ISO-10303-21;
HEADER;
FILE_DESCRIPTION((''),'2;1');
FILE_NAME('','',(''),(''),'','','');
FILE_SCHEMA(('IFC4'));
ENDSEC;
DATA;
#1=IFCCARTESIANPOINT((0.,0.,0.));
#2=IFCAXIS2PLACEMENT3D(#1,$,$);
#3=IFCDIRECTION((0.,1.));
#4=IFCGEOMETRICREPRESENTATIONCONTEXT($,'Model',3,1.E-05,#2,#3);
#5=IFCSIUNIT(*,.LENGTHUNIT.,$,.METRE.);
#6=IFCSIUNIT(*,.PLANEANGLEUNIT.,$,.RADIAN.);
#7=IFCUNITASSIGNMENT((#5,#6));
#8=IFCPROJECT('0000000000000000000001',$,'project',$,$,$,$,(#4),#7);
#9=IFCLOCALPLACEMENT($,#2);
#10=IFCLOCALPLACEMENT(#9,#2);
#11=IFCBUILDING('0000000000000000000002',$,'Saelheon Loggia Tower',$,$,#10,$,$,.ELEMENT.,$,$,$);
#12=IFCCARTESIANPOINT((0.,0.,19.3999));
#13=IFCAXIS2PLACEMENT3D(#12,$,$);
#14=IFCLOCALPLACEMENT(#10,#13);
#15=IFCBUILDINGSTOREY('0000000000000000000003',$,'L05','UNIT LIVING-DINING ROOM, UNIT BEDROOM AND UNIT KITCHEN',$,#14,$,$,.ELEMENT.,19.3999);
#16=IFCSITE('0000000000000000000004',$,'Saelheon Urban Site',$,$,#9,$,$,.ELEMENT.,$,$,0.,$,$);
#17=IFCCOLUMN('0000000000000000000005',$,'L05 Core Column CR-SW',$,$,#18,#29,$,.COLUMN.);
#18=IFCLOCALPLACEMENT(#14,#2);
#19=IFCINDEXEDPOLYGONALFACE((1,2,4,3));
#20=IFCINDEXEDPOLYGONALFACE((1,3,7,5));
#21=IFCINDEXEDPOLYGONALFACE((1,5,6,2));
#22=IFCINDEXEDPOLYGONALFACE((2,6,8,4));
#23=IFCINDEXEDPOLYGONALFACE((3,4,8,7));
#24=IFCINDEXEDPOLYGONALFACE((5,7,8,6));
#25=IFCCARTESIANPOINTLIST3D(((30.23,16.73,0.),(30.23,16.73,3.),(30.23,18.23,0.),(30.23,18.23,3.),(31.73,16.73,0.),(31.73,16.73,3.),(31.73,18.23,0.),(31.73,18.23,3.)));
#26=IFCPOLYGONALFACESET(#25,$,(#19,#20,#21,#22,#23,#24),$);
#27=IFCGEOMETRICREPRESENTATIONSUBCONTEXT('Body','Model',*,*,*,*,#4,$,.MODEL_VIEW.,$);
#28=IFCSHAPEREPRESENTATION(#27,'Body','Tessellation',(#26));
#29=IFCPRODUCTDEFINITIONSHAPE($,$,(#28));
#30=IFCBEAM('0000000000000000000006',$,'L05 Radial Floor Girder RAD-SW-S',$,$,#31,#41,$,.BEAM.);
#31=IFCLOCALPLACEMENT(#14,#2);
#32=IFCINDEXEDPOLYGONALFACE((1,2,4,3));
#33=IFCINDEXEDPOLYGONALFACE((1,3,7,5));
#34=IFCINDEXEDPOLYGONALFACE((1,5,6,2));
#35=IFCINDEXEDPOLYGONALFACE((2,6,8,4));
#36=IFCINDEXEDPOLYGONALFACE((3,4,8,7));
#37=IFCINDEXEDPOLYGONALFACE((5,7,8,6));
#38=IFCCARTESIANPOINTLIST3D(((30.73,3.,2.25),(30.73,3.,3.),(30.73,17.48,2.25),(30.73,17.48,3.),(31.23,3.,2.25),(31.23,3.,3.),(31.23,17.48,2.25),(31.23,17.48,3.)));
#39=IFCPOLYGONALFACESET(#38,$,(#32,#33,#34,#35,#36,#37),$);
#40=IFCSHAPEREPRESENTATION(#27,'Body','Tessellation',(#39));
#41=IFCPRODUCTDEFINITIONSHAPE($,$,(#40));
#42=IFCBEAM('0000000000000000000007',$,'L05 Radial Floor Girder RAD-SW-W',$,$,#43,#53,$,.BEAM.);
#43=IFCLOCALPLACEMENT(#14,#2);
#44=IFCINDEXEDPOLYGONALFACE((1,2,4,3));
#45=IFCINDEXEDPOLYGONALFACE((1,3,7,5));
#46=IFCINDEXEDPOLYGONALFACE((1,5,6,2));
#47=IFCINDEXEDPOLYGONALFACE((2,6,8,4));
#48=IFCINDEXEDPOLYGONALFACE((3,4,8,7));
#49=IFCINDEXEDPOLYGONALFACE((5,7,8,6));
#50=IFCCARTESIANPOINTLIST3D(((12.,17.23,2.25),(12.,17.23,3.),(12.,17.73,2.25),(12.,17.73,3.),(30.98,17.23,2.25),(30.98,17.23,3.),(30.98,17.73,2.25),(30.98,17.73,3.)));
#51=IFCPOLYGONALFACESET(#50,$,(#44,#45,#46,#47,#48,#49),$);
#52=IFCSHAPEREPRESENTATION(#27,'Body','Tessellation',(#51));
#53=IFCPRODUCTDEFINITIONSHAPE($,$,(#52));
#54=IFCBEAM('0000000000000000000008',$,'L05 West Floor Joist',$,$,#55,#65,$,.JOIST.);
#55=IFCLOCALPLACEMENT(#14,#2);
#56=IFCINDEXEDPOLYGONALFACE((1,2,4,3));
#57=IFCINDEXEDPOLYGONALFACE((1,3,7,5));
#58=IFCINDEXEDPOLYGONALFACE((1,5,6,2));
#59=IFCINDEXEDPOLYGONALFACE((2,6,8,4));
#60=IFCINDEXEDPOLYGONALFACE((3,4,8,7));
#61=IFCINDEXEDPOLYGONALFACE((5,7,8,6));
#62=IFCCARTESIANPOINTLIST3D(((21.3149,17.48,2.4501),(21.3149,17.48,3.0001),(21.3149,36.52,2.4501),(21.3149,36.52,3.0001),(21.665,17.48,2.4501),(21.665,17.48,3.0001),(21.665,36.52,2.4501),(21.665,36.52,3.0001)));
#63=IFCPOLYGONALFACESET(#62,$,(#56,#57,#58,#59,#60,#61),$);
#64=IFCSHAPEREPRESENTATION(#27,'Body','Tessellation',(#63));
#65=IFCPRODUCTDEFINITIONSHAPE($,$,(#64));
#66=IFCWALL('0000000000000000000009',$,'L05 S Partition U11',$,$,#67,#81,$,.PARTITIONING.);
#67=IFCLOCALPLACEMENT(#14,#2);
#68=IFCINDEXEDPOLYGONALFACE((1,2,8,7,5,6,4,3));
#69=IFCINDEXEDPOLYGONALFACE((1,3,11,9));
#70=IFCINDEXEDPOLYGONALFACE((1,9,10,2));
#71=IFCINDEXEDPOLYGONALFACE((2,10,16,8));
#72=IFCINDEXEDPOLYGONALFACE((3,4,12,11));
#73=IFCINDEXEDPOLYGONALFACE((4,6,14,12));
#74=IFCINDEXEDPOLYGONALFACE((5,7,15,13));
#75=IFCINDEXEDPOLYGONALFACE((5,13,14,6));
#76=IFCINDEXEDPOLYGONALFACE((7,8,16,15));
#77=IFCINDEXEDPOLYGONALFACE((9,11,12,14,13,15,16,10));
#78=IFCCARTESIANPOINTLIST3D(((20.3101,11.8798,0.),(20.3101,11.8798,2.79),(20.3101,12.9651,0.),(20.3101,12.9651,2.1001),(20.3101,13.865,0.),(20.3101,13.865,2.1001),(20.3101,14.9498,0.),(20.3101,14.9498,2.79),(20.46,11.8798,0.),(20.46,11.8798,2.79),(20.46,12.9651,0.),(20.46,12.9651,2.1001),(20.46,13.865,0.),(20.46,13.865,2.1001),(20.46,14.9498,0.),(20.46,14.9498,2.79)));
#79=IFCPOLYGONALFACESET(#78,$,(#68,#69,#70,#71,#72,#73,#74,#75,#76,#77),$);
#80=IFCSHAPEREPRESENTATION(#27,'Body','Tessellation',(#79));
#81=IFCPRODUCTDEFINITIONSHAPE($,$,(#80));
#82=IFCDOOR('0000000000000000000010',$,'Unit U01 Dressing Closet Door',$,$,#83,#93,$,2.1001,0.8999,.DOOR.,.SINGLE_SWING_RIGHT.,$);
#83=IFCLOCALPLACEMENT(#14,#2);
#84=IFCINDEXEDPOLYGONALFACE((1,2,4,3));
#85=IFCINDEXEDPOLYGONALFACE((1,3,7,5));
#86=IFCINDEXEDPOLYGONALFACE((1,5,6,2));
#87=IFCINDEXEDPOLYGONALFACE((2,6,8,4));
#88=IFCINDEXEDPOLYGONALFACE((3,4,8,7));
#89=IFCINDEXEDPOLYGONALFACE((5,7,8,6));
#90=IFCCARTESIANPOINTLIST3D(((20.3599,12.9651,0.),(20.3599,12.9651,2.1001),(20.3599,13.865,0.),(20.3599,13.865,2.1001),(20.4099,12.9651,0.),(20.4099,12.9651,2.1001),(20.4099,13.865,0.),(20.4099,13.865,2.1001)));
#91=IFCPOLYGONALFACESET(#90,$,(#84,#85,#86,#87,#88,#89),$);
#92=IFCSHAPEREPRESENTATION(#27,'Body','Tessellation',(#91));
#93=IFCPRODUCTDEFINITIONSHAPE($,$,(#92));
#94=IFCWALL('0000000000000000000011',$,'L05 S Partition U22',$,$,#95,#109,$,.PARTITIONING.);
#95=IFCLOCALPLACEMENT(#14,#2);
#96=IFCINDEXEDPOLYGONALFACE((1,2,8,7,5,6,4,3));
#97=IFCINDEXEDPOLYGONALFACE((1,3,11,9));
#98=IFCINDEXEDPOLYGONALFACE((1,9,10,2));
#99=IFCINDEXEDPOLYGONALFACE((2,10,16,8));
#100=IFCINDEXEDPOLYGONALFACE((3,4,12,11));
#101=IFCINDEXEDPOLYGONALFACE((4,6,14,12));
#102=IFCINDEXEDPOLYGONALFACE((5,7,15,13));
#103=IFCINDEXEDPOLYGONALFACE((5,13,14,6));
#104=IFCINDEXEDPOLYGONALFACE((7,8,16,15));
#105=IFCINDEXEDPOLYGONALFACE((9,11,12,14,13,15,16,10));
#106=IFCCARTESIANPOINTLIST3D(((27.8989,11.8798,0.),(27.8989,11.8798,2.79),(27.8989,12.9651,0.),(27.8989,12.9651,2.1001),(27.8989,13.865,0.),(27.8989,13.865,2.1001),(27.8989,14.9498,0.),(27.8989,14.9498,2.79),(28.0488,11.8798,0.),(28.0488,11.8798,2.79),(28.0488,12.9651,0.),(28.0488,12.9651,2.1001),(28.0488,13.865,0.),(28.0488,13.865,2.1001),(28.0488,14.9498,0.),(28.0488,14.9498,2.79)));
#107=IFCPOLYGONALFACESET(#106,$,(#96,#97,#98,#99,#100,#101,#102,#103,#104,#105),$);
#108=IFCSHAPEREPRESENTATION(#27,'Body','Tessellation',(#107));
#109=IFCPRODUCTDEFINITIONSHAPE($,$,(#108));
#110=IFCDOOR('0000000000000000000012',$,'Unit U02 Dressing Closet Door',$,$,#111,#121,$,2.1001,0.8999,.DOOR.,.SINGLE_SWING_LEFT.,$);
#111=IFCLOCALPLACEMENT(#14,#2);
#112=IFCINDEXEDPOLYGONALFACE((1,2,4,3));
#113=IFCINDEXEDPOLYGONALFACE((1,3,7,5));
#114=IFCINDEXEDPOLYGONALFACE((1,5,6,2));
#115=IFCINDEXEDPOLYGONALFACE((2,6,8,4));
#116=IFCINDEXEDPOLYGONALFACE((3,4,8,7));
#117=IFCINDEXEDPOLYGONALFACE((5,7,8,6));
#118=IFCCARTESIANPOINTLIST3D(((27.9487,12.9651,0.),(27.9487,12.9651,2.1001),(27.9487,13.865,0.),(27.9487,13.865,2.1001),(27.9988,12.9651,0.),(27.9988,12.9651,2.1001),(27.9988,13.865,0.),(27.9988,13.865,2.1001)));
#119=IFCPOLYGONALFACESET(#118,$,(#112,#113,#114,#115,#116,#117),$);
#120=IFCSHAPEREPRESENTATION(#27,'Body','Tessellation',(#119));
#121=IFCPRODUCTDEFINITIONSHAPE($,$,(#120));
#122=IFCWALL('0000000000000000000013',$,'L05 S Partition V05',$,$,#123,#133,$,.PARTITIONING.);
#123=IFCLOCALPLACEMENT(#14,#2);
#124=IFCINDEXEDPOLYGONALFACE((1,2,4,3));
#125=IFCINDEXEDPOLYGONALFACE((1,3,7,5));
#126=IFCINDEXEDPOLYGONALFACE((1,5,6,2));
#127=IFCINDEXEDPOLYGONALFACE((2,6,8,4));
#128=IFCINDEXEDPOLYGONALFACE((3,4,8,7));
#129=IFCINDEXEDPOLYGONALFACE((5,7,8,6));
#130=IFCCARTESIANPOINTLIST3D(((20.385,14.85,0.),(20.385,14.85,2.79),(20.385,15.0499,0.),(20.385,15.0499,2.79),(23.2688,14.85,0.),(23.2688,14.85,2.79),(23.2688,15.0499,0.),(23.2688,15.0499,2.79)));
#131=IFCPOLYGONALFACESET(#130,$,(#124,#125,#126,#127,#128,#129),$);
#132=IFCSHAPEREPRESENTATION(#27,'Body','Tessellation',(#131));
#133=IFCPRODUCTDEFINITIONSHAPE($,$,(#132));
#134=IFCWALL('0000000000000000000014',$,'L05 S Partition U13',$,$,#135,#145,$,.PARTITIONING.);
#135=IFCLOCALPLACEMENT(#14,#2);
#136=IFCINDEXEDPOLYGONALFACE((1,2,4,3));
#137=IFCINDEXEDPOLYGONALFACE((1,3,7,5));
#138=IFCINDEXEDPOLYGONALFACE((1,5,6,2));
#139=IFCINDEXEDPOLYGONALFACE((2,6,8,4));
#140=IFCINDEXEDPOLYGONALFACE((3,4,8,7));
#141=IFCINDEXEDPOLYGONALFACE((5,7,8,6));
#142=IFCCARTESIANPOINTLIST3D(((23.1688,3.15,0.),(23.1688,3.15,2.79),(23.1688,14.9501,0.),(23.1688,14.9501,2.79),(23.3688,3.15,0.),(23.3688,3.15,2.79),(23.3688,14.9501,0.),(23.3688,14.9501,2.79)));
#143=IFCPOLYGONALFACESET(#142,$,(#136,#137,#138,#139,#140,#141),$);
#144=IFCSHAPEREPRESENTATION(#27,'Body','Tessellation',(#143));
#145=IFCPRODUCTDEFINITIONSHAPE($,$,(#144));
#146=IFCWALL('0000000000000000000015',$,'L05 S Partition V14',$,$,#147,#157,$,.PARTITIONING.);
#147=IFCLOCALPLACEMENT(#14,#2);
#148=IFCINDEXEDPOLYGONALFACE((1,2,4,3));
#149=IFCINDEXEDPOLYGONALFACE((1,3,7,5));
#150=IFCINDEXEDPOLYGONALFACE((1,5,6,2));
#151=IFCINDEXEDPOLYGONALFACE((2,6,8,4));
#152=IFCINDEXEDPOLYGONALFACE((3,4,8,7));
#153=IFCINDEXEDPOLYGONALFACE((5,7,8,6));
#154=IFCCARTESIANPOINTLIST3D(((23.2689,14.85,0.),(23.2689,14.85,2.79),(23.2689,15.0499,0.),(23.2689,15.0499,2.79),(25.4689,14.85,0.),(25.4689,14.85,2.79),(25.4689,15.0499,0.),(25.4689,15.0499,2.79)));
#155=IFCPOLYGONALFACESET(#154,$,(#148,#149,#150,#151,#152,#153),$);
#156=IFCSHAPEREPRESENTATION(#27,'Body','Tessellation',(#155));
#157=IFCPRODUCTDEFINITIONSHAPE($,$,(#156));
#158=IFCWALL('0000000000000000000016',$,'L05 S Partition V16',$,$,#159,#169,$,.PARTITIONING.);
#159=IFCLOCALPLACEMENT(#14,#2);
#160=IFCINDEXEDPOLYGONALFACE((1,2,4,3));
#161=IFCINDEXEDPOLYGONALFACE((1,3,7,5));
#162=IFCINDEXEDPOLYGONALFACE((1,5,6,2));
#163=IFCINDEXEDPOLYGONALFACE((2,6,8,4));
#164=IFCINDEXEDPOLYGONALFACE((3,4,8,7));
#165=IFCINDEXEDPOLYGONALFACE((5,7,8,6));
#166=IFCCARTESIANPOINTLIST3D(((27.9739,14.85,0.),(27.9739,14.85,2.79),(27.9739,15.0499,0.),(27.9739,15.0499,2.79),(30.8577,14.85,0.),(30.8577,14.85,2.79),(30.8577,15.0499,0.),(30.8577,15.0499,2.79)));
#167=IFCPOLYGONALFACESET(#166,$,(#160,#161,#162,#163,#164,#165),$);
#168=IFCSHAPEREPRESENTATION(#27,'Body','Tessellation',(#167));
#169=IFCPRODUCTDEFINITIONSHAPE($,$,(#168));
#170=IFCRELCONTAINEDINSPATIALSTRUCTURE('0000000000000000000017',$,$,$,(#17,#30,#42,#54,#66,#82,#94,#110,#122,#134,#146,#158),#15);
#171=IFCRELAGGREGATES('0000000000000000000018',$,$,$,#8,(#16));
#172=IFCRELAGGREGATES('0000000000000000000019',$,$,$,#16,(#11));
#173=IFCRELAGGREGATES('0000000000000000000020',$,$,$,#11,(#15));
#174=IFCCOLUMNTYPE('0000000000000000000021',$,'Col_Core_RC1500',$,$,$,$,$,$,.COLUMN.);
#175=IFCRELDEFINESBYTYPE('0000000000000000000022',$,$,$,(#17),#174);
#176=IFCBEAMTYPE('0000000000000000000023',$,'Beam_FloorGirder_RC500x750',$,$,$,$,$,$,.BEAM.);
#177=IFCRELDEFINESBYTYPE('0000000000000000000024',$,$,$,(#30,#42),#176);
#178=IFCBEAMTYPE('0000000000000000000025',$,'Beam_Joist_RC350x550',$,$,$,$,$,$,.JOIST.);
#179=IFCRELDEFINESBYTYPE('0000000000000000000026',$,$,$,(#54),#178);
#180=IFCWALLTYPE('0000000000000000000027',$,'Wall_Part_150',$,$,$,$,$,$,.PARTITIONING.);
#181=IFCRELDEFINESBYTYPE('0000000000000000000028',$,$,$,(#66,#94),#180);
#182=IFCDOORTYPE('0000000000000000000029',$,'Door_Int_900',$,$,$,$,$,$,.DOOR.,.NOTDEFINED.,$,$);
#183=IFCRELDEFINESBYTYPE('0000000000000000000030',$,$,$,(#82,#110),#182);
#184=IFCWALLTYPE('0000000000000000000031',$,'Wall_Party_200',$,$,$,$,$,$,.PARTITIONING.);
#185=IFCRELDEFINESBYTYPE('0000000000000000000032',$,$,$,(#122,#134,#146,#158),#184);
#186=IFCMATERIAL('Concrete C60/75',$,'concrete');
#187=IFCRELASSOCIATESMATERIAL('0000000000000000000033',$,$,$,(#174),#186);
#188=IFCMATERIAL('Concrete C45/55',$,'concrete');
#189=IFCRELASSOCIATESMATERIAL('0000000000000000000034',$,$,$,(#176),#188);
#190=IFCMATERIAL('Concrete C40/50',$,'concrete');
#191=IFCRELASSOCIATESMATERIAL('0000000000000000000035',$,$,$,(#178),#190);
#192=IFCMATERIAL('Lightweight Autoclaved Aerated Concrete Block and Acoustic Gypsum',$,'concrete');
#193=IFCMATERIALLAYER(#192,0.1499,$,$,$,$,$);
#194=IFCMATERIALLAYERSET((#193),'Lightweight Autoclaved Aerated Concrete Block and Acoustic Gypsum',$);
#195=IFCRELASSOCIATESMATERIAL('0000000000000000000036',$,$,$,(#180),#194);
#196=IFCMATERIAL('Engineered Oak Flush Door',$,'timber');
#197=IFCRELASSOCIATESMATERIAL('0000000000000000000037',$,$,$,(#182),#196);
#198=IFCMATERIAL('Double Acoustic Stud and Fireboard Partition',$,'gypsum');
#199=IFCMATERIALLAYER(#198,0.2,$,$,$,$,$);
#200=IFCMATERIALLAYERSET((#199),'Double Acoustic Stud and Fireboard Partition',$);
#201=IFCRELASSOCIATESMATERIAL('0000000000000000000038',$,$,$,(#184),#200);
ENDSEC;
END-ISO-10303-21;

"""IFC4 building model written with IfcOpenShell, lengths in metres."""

from ifc_helpers import new_model, si_unit, direction, frame, frame_2d, origin, origin_2d, place, context, subcontext, project, spatial, rectangle, extrude, source, transform, mapped, material, layer, layer_set, material_profile, profile_set, type_object, element, fill, save


model = new_model("IFC4")

# Units and contexts
model_context = context("Model", 3, precision=1e-05, world=origin(), true_north=direction((0.0, 1.0)))
body_context = subcontext(model_context, "Body", "Model", "MODEL_VIEW")
ifc_project = project(units=[si_unit("LENGTHUNIT", "METRE"), si_unit("PLANEANGLEUNIT", "RADIAN")], contexts=[model_context])

# Site, building, storey
site_placement = place(None, origin())
site = spatial("IfcSite", under=ifc_project, at=site_placement, Name="Saelheon Urban Site", CompositionType="ELEMENT", RefElevation=0.0)
building_placement = place(site_placement, origin())
building = spatial("IfcBuilding", under=site, at=building_placement, Name="Saelheon Loggia Tower", CompositionType="ELEMENT")
storey_placement = place(building_placement, frame((0.0, 0.0, 19.3999)))
storey = spatial("IfcBuildingStorey", under=building, at=storey_placement, Name="L05", Description="UNIT LIVING-DINING ROOM, UNIT BEDROOM AND UNIT KITCHEN", CompositionType="ELEMENT", Elevation=19.3999)

# Column
ifc_material_1 = material(Name="Concrete C60/75", Category="concrete")
ifc_material_profile_1 = material_profile(ifc_material_1, rectangle(XDim=1.5, YDim=1.5, at=origin_2d()), Name="RC-1500x1500")
ifc_profile_set_1 = profile_set([ifc_material_profile_1], Name="Concrete C60/75")
column_type = type_object("IfcColumnType", Name="Col_Core_RC1500", PredefinedType="COLUMN", material=ifc_profile_set_1)
shared_shape_1 = source(origin(), body_context, "Body", "SweptSolid", [
    extrude(rectangle(XDim=1.5, YDim=1.5, at=origin_2d()), origin(), (0.0, 0.0, 1.0), 3.0),
])
column_placement = place(storey_placement, frame((30.98, 17.48, 0.0), z_axis=(0.0, 0.0, 1.0), x_axis=(1.0, 0.0, 0.0)))
element("IfcColumn", 1, at=column_placement, inside=storey, type_object=column_type, Name="L05 Core Column CR-SW", PredefinedType="COLUMN", context=body_context, shape_type="MappedRepresentation", body=[
    mapped(shared_shape_1, transform((0.0, 0.0, 0.0), scale=1.0)),
])

# Beams
ifc_material_2 = material(Name="Concrete C45/55", Category="concrete")
ifc_material_profile_2 = material_profile(ifc_material_2, rectangle(XDim=0.5, YDim=0.75, at=origin_2d()), Name="RC-500x750")
ifc_profile_set_2 = profile_set([ifc_material_profile_2], Name="Concrete C45/55")
beam_type_1 = type_object("IfcBeamType", Name="Beam_FloorGirder_RC500x750", PredefinedType="BEAM", material=ifc_profile_set_2)
shared_shape_2 = source(origin(), body_context, "Body", "SweptSolid", [
    extrude(rectangle(XDim=0.5, YDim=0.75, at=origin_2d()), origin(), (0.0, 0.0, 1.0), 14.48),
])
beam_1_placement = place(storey_placement, frame((30.98, 17.48, 2.625), z_axis=(0.0, -1.0, 0.0), x_axis=(1.0, 0.0, 0.0)))
element("IfcBeam", 2, at=beam_1_placement, inside=storey, type_object=beam_type_1, Name="L05 Radial Floor Girder RAD-SW-S", PredefinedType="BEAM", context=body_context, shape_type="MappedRepresentation", body=[
    mapped(shared_shape_2, transform((0.0, 0.0, 0.0), scale=1.0)),
])
shared_shape_3 = source(origin(), body_context, "Body", "SweptSolid", [
    extrude(rectangle(XDim=0.5, YDim=0.75, at=origin_2d()), origin(), (0.0, 0.0, 1.0), 18.98),
])
beam_2_placement = place(storey_placement, frame((30.98, 17.48, 2.625), z_axis=(-1.0, 0.0, 0.0), x_axis=(0.0, -1.0, 0.0)))
element("IfcBeam", 3, at=beam_2_placement, inside=storey, type_object=beam_type_1, Name="L05 Radial Floor Girder RAD-SW-W", PredefinedType="BEAM", context=body_context, shape_type="MappedRepresentation", body=[
    mapped(shared_shape_3, transform((0.0, 0.0, 0.0), scale=1.0)),
])
ifc_material_3 = material(Name="Concrete C40/50", Category="concrete")
ifc_material_profile_3 = material_profile(ifc_material_3, rectangle(XDim=0.3501, YDim=0.55, at=origin_2d()), Name="RC-350x550")
ifc_profile_set_3 = profile_set([ifc_material_profile_3], Name="Concrete C40/50")
beam_type_2 = type_object("IfcBeamType", Name="Beam_Joist_RC350x550", PredefinedType="JOIST", material=ifc_profile_set_3)
shared_shape_4 = source(origin(), body_context, "Body", "SweptSolid", [
    extrude(rectangle(XDim=0.3501, YDim=0.55, at=origin_2d()), origin(), (0.0, 0.0, 1.0), 19.04),
])
beam_3_placement = place(storey_placement, frame((21.49, 17.48, 2.7251), z_axis=(0.0, 1.0, 0.0), x_axis=(-1.0, 0.0, 0.0)))
element("IfcBeam", 4, at=beam_3_placement, inside=storey, type_object=beam_type_2, Name="L05 West Floor Joist", PredefinedType="JOIST", context=body_context, shape_type="MappedRepresentation", body=[
    mapped(shared_shape_4, transform((0.0, 0.0, 0.0), scale=1.0)),
])

# Walls, openings, doors
ifc_material_4 = material(Name="Lightweight Autoclaved Aerated Concrete Block and Acoustic Gypsum", Category="concrete")
ifc_layer_1 = layer(ifc_material_4, 0.1499)
ifc_layer_set_1 = layer_set([ifc_layer_1], Name="Lightweight Autoclaved Aerated Concrete Block and Acoustic Gypsum")
wall_type_1 = type_object("IfcWallType", Name="Wall_Part_150", PredefinedType="PARTITIONING", material=ifc_layer_set_1)
wall_1_placement = place(storey_placement, frame((20.385, 14.95, 0.0), z_axis=(0.0, 0.0, 1.0), x_axis=(0.0, -1.0, 0.0)))
wall_1 = element("IfcWall", 5, at=wall_1_placement, inside=storey, type_object=wall_type_1, Name="L05 S Partition U11", PredefinedType="PARTITIONING", context=body_context, shape_type="SweptSolid", body=[
    extrude(rectangle(XDim=3.0701, YDim=0.1499, at=frame_2d((1.5352, 0.0))), origin(), (0.0, 0.0, 1.0), 2.79),
])
opening_1_placement = place(wall_1_placement, frame((1.085, 0.0, 0.0)))
opening_1 = element("IfcOpeningElement", 6, at=opening_1_placement, cuts=wall_1, PredefinedType="OPENING", context=body_context, shape_type="SweptSolid", body=[
    extrude(rectangle(XDim=0.8999, YDim=2.1001, at=frame_2d((0.45, 1.05))), frame((0.0, 0.0869, 0.0), z_axis=(0.0, -1.0, 0.0), x_axis=(1.0, 0.0, 0.0)), (0.0, 0.0, 1.0), 0.1738),
])
ifc_material_5 = material(Name="Engineered Oak Flush Door", Category="timber")
door_type_1 = type_object("IfcDoorType", Name="Door_Int_900", OperationType="NOTDEFINED", PredefinedType="DOOR", material=ifc_material_5)
shared_shape_5 = source(origin(), body_context, "Body", "SweptSolid", [
    extrude(rectangle(XDim=0.8999, YDim=2.1001, at=frame_2d((0.45, 1.05))), frame((0.0, 0.0249, 0.0), z_axis=(0.0, -1.0, 0.0), x_axis=(1.0, 0.0, 0.0)), (0.0, 0.0, 1.0), 0.05),
])
door_1_placement = place(opening_1_placement, origin())
door_1 = element("IfcDoor", 7, at=door_1_placement, inside=storey, type_object=door_type_1, Name="Unit U01 Dressing Closet Door", OperationType="SINGLE_SWING_RIGHT", OverallHeight=2.1001, OverallWidth=0.8999, PredefinedType="DOOR", context=body_context, shape_type="MappedRepresentation", body=[
    mapped(shared_shape_5, transform((0.0, 0.0, 0.0), scale=1.0)),
])
fill(opening_1, door_1)
wall_2_placement = place(storey_placement, frame((27.9739, 14.95, 0.0), z_axis=(0.0, 0.0, 1.0), x_axis=(0.0, -1.0, 0.0)))
wall_2 = element("IfcWall", 8, at=wall_2_placement, inside=storey, type_object=wall_type_1, Name="L05 S Partition U22", PredefinedType="PARTITIONING", context=body_context, shape_type="SweptSolid", body=[
    extrude(rectangle(XDim=3.0701, YDim=0.1499, at=frame_2d((1.5352, 0.0))), origin(), (0.0, 0.0, 1.0), 2.79),
])
opening_2_placement = place(wall_2_placement, frame((1.085, 0.0, 0.0)))
opening_2 = element("IfcOpeningElement", 9, at=opening_2_placement, cuts=wall_2, PredefinedType="OPENING", context=body_context, shape_type="SweptSolid", body=[
    extrude(rectangle(XDim=0.8999, YDim=2.1001, at=frame_2d((0.45, 1.05))), frame((0.0, 0.0869, 0.0), z_axis=(0.0, -1.0, 0.0), x_axis=(1.0, 0.0, 0.0)), (0.0, 0.0, 1.0), 0.1738),
])
door_2_placement = place(opening_2_placement, origin())
door_2 = element("IfcDoor", 10, at=door_2_placement, inside=storey, type_object=door_type_1, Name="Unit U02 Dressing Closet Door", OperationType="SINGLE_SWING_LEFT", OverallHeight=2.1001, OverallWidth=0.8999, PredefinedType="DOOR", context=body_context, shape_type="MappedRepresentation", body=[
    mapped(shared_shape_5, transform((0.0, 0.0, 0.0), scale=1.0)),
])
fill(opening_2, door_2)
ifc_material_6 = material(Name="Double Acoustic Stud and Fireboard Partition", Category="gypsum")
ifc_layer_2 = layer(ifc_material_6, 0.2)
ifc_layer_set_2 = layer_set([ifc_layer_2], Name="Double Acoustic Stud and Fireboard Partition")
wall_type_2 = type_object("IfcWallType", Name="Wall_Party_200", PredefinedType="PARTITIONING", material=ifc_layer_set_2)

# Walls
wall_3_placement = place(storey_placement, frame((20.385, 14.95, 0.0), z_axis=(0.0, 0.0, 1.0), x_axis=(1.0, 0.0, 0.0)))
element("IfcWall", 11, at=wall_3_placement, inside=storey, type_object=wall_type_2, Name="L05 S Partition V05", PredefinedType="PARTITIONING", context=body_context, shape_type="SweptSolid", body=[
    extrude(rectangle(XDim=2.8838, YDim=0.2, at=frame_2d((1.4419, 0.0))), origin(), (0.0, 0.0, 1.0), 2.79),
])
wall_4_placement = place(storey_placement, frame((23.2688, 14.95, 0.0), z_axis=(0.0, 0.0, 1.0), x_axis=(0.0, -1.0, 0.0)))
element("IfcWall", 12, at=wall_4_placement, inside=storey, type_object=wall_type_2, Name="L05 S Partition U13", PredefinedType="PARTITIONING", context=body_context, shape_type="SweptSolid", body=[
    extrude(rectangle(XDim=11.8, YDim=0.2, at=frame_2d((5.8999, 0.0))), origin(), (0.0, 0.0, 1.0), 2.79),
])
wall_5_placement = place(storey_placement, frame((23.2688, 14.95, 0.0), z_axis=(0.0, 0.0, 1.0), x_axis=(1.0, 0.0, 0.0)))
element("IfcWall", 13, at=wall_5_placement, inside=storey, type_object=wall_type_2, Name="L05 S Partition V14", PredefinedType="PARTITIONING", context=body_context, shape_type="SweptSolid", body=[
    extrude(rectangle(XDim=2.2, YDim=0.2, at=frame_2d((1.1001, 0.0))), origin(), (0.0, 0.0, 1.0), 2.79),
])

# Wall
wall_6_placement = place(storey_placement, frame((27.9739, 14.95, 0.0), z_axis=(0.0, 0.0, 1.0), x_axis=(1.0, 0.0, 0.0)))
element("IfcWall", 14, at=wall_6_placement, inside=storey, type_object=wall_type_2, Name="L05 S Partition V16", PredefinedType="PARTITIONING", context=body_context, shape_type="SweptSolid", body=[
    extrude(rectangle(XDim=2.8838, YDim=0.2, at=frame_2d((1.4419, 0.0))), origin(), (0.0, 0.0, 1.0), 2.79),
])

save(model, "model.ifc")
